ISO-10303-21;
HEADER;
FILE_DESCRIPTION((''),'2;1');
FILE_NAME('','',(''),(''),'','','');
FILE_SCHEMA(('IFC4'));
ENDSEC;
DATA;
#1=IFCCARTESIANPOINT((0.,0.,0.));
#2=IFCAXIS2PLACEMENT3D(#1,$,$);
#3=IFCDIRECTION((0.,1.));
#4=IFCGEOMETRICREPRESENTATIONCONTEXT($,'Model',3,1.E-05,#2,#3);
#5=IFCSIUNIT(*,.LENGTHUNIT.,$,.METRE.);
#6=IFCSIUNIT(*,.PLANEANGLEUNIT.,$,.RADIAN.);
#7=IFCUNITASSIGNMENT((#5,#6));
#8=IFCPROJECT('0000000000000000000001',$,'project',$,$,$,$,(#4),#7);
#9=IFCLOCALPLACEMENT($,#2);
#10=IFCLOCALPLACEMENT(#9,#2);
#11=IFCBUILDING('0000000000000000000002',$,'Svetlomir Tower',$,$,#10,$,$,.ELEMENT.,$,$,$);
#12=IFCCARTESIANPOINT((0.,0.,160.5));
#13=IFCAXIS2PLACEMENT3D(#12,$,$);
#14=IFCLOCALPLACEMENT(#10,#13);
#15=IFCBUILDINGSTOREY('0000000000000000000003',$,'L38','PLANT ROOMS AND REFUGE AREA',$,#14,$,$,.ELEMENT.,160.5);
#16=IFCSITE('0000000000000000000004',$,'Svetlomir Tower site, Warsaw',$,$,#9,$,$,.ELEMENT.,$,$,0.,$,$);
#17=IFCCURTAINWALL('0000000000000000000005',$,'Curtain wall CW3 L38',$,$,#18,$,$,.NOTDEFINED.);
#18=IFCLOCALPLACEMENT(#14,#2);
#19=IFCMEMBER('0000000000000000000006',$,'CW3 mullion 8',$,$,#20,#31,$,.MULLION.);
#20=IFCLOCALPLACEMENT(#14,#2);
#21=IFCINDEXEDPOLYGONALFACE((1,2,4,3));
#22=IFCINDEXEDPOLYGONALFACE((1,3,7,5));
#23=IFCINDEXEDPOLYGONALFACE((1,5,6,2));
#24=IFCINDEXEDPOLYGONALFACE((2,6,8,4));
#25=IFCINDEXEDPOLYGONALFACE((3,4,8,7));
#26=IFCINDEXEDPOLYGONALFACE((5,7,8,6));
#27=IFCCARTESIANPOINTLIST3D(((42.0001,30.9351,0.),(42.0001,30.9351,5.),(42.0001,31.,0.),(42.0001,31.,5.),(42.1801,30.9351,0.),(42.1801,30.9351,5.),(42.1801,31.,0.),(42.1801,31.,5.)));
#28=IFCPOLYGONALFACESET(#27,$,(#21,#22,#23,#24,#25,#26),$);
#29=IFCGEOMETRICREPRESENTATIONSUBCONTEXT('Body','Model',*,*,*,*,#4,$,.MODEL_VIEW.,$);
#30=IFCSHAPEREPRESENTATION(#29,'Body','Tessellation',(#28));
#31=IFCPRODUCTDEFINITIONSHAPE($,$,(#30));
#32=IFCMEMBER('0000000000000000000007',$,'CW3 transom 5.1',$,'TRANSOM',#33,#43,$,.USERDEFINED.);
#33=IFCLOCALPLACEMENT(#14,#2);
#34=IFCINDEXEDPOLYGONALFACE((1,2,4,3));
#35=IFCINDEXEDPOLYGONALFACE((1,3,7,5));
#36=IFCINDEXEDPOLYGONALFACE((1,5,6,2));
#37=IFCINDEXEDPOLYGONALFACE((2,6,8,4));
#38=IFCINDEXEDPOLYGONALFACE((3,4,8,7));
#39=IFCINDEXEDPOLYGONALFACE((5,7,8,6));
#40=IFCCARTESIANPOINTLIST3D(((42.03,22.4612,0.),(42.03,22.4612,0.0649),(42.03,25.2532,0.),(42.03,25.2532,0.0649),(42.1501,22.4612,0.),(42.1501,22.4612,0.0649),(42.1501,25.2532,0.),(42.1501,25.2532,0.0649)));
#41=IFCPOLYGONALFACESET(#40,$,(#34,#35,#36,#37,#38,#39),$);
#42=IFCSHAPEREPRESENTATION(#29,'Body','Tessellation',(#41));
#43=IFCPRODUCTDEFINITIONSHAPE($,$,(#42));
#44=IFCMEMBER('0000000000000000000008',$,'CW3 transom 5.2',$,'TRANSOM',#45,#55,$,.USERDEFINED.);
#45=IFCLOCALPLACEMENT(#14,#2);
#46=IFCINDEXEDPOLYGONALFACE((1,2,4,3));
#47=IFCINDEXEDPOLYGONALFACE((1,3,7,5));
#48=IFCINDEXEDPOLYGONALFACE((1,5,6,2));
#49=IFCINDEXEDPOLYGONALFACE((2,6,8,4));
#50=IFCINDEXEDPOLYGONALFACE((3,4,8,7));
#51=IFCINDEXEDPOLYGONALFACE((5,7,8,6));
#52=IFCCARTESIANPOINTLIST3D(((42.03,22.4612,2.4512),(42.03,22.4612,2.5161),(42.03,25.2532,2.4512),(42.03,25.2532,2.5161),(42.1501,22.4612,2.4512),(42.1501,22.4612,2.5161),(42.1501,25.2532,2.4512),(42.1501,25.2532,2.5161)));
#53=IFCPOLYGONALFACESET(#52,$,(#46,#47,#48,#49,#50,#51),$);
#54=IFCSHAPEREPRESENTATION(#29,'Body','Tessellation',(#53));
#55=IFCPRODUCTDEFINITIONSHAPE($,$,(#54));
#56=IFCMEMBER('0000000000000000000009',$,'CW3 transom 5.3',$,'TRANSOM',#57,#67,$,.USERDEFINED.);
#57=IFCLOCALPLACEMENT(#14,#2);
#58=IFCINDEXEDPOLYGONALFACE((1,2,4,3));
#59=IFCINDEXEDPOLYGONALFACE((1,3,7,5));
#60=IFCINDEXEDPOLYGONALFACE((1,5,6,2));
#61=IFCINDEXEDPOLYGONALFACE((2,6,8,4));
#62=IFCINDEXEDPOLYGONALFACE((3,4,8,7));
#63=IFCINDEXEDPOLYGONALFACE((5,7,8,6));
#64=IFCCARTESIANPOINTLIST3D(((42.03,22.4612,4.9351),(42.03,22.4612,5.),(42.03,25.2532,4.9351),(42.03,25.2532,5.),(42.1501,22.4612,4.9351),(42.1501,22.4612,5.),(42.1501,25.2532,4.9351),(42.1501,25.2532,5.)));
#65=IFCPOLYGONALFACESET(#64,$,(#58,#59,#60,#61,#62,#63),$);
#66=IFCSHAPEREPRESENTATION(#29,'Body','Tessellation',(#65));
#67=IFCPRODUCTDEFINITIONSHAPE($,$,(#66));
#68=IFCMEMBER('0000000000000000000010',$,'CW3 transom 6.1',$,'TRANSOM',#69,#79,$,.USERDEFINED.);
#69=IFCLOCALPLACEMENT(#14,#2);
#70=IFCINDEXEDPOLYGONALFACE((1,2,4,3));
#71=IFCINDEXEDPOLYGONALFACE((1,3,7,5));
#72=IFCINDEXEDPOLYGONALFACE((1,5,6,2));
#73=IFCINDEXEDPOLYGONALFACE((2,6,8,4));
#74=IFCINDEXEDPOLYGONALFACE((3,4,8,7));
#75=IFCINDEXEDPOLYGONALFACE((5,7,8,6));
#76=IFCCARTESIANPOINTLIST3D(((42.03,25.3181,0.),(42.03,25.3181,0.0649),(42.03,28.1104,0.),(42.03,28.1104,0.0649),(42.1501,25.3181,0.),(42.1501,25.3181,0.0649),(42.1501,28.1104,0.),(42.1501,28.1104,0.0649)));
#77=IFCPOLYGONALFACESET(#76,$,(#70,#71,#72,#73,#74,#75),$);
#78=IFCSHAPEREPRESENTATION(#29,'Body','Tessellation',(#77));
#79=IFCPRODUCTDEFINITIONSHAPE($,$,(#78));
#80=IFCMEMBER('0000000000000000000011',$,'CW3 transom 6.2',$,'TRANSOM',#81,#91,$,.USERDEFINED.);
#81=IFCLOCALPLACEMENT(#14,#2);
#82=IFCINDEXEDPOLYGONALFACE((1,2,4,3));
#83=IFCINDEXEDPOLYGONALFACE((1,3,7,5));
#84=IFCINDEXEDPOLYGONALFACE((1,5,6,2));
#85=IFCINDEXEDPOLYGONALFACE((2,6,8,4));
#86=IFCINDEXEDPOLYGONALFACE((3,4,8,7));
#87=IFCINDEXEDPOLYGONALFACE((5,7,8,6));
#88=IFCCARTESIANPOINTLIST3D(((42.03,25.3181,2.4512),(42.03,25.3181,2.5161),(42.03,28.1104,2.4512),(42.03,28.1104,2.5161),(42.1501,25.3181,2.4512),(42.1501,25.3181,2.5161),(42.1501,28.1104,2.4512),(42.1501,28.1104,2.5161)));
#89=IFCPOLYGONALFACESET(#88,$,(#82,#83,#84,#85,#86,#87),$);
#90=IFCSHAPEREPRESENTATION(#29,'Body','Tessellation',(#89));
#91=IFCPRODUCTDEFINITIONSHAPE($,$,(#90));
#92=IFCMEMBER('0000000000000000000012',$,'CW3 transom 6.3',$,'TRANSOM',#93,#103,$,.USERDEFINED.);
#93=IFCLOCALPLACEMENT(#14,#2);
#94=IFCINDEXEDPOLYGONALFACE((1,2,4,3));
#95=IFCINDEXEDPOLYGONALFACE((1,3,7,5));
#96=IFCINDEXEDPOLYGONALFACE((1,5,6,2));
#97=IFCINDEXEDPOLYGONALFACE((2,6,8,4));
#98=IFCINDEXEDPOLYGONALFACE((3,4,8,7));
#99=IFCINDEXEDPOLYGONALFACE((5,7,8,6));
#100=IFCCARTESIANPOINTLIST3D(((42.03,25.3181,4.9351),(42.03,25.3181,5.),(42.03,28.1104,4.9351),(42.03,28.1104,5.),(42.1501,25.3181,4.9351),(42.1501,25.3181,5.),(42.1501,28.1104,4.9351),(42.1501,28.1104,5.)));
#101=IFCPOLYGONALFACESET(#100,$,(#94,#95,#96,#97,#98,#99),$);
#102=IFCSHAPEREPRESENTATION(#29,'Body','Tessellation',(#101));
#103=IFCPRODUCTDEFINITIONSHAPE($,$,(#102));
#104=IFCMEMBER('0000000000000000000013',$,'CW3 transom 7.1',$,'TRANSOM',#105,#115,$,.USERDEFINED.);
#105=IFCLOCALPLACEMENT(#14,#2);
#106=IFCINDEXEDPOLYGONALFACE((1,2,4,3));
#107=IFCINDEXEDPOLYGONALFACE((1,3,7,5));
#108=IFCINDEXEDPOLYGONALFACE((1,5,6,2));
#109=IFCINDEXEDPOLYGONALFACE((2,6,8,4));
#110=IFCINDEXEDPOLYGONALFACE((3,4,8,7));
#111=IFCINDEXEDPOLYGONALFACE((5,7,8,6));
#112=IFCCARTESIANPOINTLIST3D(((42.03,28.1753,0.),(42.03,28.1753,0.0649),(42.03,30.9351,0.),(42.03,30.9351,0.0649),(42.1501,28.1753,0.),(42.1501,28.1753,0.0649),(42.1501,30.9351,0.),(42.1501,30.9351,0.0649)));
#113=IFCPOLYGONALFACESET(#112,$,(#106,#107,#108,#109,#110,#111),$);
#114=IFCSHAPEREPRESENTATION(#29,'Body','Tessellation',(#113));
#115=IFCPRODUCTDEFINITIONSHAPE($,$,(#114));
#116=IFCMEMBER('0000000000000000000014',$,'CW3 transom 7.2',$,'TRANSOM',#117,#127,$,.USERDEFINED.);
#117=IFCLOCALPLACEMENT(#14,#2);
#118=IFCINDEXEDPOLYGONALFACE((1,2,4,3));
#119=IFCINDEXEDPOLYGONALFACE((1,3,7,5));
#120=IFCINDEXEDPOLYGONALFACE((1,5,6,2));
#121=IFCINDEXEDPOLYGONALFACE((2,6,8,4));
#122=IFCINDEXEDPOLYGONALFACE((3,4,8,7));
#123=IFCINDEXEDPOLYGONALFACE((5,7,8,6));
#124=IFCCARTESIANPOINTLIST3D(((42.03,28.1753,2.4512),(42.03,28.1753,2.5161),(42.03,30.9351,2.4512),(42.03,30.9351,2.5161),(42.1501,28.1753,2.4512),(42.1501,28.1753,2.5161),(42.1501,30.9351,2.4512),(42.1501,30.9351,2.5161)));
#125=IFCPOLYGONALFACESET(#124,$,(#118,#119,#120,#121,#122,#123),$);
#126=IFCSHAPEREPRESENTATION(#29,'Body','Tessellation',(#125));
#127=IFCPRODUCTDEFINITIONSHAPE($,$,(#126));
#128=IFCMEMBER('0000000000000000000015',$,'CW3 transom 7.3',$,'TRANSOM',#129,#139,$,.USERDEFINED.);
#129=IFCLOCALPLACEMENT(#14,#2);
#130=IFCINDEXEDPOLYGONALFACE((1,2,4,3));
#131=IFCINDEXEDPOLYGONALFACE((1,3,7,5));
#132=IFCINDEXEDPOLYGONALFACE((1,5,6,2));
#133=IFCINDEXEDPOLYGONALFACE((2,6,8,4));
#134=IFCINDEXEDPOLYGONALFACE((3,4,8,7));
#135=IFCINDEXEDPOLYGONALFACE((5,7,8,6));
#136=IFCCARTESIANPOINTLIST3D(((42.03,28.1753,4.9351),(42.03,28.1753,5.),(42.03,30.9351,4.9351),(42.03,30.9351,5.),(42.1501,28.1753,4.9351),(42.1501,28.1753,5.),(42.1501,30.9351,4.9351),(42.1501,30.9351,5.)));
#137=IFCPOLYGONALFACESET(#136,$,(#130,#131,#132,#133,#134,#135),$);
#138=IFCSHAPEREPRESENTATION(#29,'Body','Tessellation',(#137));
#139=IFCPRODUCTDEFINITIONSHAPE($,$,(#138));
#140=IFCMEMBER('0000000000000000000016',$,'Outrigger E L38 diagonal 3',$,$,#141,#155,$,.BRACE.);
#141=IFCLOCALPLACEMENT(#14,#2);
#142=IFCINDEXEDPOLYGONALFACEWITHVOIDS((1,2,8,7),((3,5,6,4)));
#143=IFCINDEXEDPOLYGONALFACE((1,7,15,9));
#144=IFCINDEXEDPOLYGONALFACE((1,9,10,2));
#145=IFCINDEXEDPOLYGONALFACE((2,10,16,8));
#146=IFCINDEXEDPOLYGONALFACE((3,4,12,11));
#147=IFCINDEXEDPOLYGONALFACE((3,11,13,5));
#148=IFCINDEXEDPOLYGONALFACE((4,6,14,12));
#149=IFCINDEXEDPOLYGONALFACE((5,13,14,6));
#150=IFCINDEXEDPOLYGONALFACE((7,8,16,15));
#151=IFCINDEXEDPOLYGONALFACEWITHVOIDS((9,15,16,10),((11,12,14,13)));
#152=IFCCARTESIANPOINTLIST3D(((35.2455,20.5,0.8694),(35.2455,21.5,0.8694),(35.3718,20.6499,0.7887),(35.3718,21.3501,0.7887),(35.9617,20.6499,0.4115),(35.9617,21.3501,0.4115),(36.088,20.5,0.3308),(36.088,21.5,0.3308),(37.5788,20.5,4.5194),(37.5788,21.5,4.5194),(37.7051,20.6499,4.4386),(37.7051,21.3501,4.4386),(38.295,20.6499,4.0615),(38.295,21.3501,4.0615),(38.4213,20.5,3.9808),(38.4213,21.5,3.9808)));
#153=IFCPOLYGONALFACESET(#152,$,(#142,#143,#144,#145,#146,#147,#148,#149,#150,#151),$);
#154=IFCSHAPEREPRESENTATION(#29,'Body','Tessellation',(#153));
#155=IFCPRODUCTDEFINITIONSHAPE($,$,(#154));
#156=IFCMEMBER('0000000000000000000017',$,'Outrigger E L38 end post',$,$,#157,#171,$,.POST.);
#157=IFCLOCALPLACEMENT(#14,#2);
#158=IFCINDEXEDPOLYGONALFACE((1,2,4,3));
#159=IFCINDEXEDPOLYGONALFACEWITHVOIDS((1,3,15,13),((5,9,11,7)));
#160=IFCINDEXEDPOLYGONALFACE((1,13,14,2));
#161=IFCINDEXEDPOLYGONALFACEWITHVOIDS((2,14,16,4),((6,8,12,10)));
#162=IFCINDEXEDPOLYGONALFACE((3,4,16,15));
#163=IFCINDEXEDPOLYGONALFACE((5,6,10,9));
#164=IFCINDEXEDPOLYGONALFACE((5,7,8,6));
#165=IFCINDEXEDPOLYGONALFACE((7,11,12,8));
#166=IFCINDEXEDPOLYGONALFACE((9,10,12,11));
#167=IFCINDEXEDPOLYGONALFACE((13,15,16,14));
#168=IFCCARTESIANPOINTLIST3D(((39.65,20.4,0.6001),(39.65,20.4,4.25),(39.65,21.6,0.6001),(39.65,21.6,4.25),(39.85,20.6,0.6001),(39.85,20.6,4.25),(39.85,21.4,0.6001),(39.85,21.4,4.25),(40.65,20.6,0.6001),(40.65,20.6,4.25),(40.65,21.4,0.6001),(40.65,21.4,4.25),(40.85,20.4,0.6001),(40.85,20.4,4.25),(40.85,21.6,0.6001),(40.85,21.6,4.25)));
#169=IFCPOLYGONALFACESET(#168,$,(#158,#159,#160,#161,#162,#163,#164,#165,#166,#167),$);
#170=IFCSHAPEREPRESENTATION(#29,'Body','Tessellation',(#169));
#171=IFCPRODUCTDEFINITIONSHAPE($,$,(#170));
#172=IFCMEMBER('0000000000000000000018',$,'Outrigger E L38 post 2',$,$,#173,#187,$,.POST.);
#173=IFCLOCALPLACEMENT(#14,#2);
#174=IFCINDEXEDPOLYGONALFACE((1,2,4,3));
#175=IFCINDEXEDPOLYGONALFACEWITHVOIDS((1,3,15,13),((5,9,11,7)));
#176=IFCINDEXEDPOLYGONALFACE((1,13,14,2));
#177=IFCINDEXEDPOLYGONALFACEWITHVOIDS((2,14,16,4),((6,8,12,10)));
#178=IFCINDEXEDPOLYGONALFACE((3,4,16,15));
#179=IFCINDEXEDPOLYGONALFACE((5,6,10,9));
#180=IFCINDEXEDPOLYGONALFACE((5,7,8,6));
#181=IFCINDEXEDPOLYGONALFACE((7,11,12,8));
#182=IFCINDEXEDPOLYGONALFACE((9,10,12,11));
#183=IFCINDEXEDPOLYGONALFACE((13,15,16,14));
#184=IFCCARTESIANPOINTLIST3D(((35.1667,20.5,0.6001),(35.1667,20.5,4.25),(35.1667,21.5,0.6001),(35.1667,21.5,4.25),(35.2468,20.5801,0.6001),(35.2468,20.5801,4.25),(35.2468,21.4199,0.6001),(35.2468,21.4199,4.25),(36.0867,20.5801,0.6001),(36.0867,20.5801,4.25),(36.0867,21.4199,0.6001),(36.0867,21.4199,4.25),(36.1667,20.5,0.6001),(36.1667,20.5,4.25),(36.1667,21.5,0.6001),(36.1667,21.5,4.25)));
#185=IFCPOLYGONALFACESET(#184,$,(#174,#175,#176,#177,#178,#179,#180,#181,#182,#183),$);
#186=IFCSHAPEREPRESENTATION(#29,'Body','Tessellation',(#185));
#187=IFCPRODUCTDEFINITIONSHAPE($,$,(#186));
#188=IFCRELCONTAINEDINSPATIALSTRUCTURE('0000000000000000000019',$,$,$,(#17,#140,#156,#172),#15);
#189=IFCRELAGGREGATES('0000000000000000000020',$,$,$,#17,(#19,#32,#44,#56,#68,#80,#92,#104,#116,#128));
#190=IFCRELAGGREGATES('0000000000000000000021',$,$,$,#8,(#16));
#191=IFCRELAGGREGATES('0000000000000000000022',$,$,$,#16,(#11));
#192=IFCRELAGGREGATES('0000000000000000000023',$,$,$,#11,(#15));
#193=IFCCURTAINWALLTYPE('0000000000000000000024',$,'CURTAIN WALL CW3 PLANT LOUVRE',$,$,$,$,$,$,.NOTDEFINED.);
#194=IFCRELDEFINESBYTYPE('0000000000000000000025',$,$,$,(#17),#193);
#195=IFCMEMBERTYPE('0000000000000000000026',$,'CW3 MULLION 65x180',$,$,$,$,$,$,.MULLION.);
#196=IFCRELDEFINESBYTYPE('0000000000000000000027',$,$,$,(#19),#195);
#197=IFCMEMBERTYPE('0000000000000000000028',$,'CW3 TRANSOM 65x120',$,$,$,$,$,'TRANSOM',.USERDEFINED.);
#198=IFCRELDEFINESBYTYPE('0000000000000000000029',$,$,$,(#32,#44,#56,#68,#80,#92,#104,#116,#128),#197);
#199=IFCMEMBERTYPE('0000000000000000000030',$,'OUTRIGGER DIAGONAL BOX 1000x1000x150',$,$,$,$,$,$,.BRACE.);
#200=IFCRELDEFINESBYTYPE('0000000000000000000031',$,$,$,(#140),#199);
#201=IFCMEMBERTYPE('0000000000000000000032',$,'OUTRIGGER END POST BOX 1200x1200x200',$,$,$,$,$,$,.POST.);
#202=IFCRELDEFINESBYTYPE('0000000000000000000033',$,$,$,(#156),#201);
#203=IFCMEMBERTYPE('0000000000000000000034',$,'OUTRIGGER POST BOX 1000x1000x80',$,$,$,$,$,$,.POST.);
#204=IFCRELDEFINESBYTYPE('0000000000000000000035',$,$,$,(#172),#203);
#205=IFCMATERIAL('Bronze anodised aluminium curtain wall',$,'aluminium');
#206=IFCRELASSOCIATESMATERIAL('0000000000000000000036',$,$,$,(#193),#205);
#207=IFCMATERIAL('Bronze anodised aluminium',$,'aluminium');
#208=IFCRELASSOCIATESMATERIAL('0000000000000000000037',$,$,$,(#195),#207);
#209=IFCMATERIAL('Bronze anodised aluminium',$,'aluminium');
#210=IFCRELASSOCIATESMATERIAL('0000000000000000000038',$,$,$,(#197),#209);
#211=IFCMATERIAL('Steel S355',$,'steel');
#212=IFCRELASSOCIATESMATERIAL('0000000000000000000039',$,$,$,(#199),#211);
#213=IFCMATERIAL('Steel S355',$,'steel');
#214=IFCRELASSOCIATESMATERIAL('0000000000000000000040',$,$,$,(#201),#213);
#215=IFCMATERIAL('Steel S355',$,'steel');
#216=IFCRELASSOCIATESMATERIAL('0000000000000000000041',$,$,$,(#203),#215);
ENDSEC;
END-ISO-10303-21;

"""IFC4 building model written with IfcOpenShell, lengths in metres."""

from ifc_helpers import new_model, si_unit, direction, frame, origin, origin_2d, place, context, subcontext, project, spatial, rectangle, hollow_rectangle, extrude, material, material_profile, profile_set, type_object, element, aggregate, save


model = new_model("IFC4")

# Units and contexts
model_context = context("Model", 3, precision=1e-05, world=origin(), true_north=direction((0.0, 1.0)))
body_context = subcontext(model_context, "Body", "Model", "MODEL_VIEW")
ifc_project = project(units=[si_unit("LENGTHUNIT", "METRE"), si_unit("PLANEANGLEUNIT", "RADIAN")], contexts=[model_context])

# Site, building, storey
site_placement = place(None, origin())
site = spatial("IfcSite", under=ifc_project, at=site_placement, Name="Svetlomir Tower site, Warsaw", CompositionType="ELEMENT", RefElevation=0.0)
building_placement = place(site_placement, origin())
building = spatial("IfcBuilding", under=site, at=building_placement, Name="Svetlomir Tower", CompositionType="ELEMENT")
storey_placement = place(building_placement, frame((0.0, 0.0, 160.5)))
storey = spatial("IfcBuildingStorey", under=building, at=storey_placement, Name="L38", Description="PLANT ROOMS AND REFUGE AREA", CompositionType="ELEMENT", Elevation=160.5)

# Curtain wall, members
ifc_material_1 = material(Name="Bronze anodised aluminium curtain wall", Category="aluminium")
curtain_wall_type = type_object("IfcCurtainWallType", Name="CURTAIN WALL CW3 PLANT LOUVRE", PredefinedType="NOTDEFINED", material=ifc_material_1)
curtain_wall_1_placement = place(storey_placement, origin())
curtain_wall_1 = element("IfcCurtainWall", 1, at=curtain_wall_1_placement, inside=storey, type_object=curtain_wall_type, Name="Curtain wall CW3 L38", PredefinedType="NOTDEFINED")
ifc_material_2 = material(Name="Bronze anodised aluminium", Category="aluminium")
ifc_material_profile_1 = material_profile(ifc_material_2, rectangle(XDim=0.0649, YDim=0.1799, at=origin_2d()), Name="AL 65x180")
ifc_profile_set_1 = profile_set([ifc_material_profile_1], Name="Bronze anodised aluminium 6063-T6")
member_type_1 = type_object("IfcMemberType", Name="CW3 MULLION 65x180", PredefinedType="MULLION", material=ifc_profile_set_1)
member_1_placement = place(storey_placement, frame((42.0901, 30.9675, 0.0), z_axis=(0.0, 0.0, 1.0), x_axis=(0.0, 1.0, 0.0)))
member_1 = element("IfcMember", 2, at=member_1_placement, type_object=member_type_1, Name="CW3 mullion 8", PredefinedType="MULLION", context=body_context, shape_type="SweptSolid", body=[
    extrude(rectangle(XDim=0.0649, YDim=0.1799, at=origin_2d()), origin(), (0.0, 0.0, 1.0), 5.0),
])
ifc_material_3 = material(Name="Bronze anodised aluminium", Category="aluminium")
ifc_material_profile_2 = material_profile(ifc_material_3, rectangle(XDim=0.1201, YDim=0.0649, at=origin_2d()), Name="AL 120x65")
ifc_profile_set_2 = profile_set([ifc_material_profile_2], Name="Bronze anodised aluminium 6063-T6")
member_type_2 = type_object("IfcMemberType", Name="CW3 TRANSOM 65x120", ElementType="TRANSOM", PredefinedType="USERDEFINED", material=ifc_profile_set_2)
member_2_placement = place(storey_placement, frame((42.0901, 22.4612, 0.0325), z_axis=(0.0, 1.0, 0.0), x_axis=(-1.0, 0.0, 0.0)))
member_2 = element("IfcMember", 3, at=member_2_placement, type_object=member_type_2, Name="CW3 transom 5.1", ObjectType="TRANSOM", PredefinedType="USERDEFINED", context=body_context, shape_type="SweptSolid", body=[
    extrude(rectangle(XDim=0.1201, YDim=0.0649, at=origin_2d()), origin(), (0.0, 0.0, 1.0), 2.792),
])
member_3_placement = place(storey_placement, frame((42.0901, 22.4612, 2.4836), z_axis=(0.0, 1.0, 0.0), x_axis=(-1.0, 0.0, 0.0)))
member_3 = element("IfcMember", 4, at=member_3_placement, type_object=member_type_2, Name="CW3 transom 5.2", ObjectType="TRANSOM", PredefinedType="USERDEFINED", context=body_context, shape_type="SweptSolid", body=[
    extrude(rectangle(XDim=0.1201, YDim=0.0649, at=origin_2d()), origin(), (0.0, 0.0, 1.0), 2.792),
])
member_4_placement = place(storey_placement, frame((42.0901, 22.4612, 4.9675), z_axis=(0.0, 1.0, 0.0), x_axis=(-1.0, 0.0, 0.0)))
member_4 = element("IfcMember", 5, at=member_4_placement, type_object=member_type_2, Name="CW3 transom 5.3", ObjectType="TRANSOM", PredefinedType="USERDEFINED", context=body_context, shape_type="SweptSolid", body=[
    extrude(rectangle(XDim=0.1201, YDim=0.0649, at=origin_2d()), origin(), (0.0, 0.0, 1.0), 2.792),
])
member_5_placement = place(storey_placement, frame((42.0901, 25.3181, 0.0325), z_axis=(0.0, 1.0, 0.0), x_axis=(-1.0, 0.0, 0.0)))
member_5 = element("IfcMember", 6, at=member_5_placement, type_object=member_type_2, Name="CW3 transom 6.1", ObjectType="TRANSOM", PredefinedType="USERDEFINED", context=body_context, shape_type="SweptSolid", body=[
    extrude(rectangle(XDim=0.1201, YDim=0.0649, at=origin_2d()), origin(), (0.0, 0.0, 1.0), 2.7922),
])
member_6_placement = place(storey_placement, frame((42.0901, 25.3181, 2.4836), z_axis=(0.0, 1.0, 0.0), x_axis=(-1.0, 0.0, 0.0)))
member_6 = element("IfcMember", 7, at=member_6_placement, type_object=member_type_2, Name="CW3 transom 6.2", ObjectType="TRANSOM", PredefinedType="USERDEFINED", context=body_context, shape_type="SweptSolid", body=[
    extrude(rectangle(XDim=0.1201, YDim=0.0649, at=origin_2d()), origin(), (0.0, 0.0, 1.0), 2.7922),
])
member_7_placement = place(storey_placement, frame((42.0901, 25.3181, 4.9675), z_axis=(0.0, 1.0, 0.0), x_axis=(-1.0, 0.0, 0.0)))
member_7 = element("IfcMember", 8, at=member_7_placement, type_object=member_type_2, Name="CW3 transom 6.3", ObjectType="TRANSOM", PredefinedType="USERDEFINED", context=body_context, shape_type="SweptSolid", body=[
    extrude(rectangle(XDim=0.1201, YDim=0.0649, at=origin_2d()), origin(), (0.0, 0.0, 1.0), 2.7922),
])
member_8_placement = place(storey_placement, frame((42.0901, 28.1753, 0.0325), z_axis=(0.0, 1.0, 0.0), x_axis=(-1.0, 0.0, 0.0)))
member_8 = element("IfcMember", 9, at=member_8_placement, type_object=member_type_2, Name="CW3 transom 7.1", ObjectType="TRANSOM", PredefinedType="USERDEFINED", context=body_context, shape_type="SweptSolid", body=[
    extrude(rectangle(XDim=0.1201, YDim=0.0649, at=origin_2d()), origin(), (0.0, 0.0, 1.0), 2.7598),
])
member_9_placement = place(storey_placement, frame((42.0901, 28.1753, 2.4836), z_axis=(0.0, 1.0, 0.0), x_axis=(-1.0, 0.0, 0.0)))
member_9 = element("IfcMember", 10, at=member_9_placement, type_object=member_type_2, Name="CW3 transom 7.2", ObjectType="TRANSOM", PredefinedType="USERDEFINED", context=body_context, shape_type="SweptSolid", body=[
    extrude(rectangle(XDim=0.1201, YDim=0.0649, at=origin_2d()), origin(), (0.0, 0.0, 1.0), 2.7598),
])
member_10_placement = place(storey_placement, frame((42.0901, 28.1753, 4.9675), z_axis=(0.0, 1.0, 0.0), x_axis=(-1.0, 0.0, 0.0)))
member_10 = element("IfcMember", 11, at=member_10_placement, type_object=member_type_2, Name="CW3 transom 7.3", ObjectType="TRANSOM", PredefinedType="USERDEFINED", context=body_context, shape_type="SweptSolid", body=[
    extrude(rectangle(XDim=0.1201, YDim=0.0649, at=origin_2d()), origin(), (0.0, 0.0, 1.0), 2.7598),
])

# Members
ifc_material_4 = material(Name="Steel S355", Category="steel")
ifc_material_profile_3 = material_profile(ifc_material_4, hollow_rectangle(XDim=1.0, YDim=1.0, WallThickness=0.1499, at=origin_2d()), Name="BOX 1000x1000x150")
ifc_profile_set_3 = profile_set([ifc_material_profile_3], Name="Steel S355")
member_type_3 = type_object("IfcMemberType", Name="OUTRIGGER DIAGONAL BOX 1000x1000x150", PredefinedType="BRACE", material=ifc_profile_set_3)
member_11_placement = place(storey_placement, frame((35.6667, 21.0, 0.6001), z_axis=(0.538614, 0.0, 0.842553), x_axis=(0.0, 1.0, 0.0)))
element("IfcMember", 12, at=member_11_placement, inside=storey, type_object=member_type_3, Name="Outrigger E L38 diagonal 3", PredefinedType="BRACE", context=body_context, shape_type="SweptSolid", body=[
    extrude(hollow_rectangle(XDim=1.0, YDim=1.0, WallThickness=0.1499, at=origin_2d()), origin(), (0.0, 0.0, 1.0), 4.332),
])
ifc_material_5 = material(Name="Steel S355", Category="steel")
ifc_material_profile_4 = material_profile(ifc_material_5, hollow_rectangle(XDim=1.2, YDim=1.2, WallThickness=0.2, at=origin_2d()), Name="BOX 1200x1200x200")
ifc_profile_set_4 = profile_set([ifc_material_profile_4], Name="Steel S355")
member_type_4 = type_object("IfcMemberType", Name="OUTRIGGER END POST BOX 1200x1200x200", PredefinedType="POST", material=ifc_profile_set_4)
member_12_placement = place(storey_placement, frame((40.25, 21.0, 0.6001), z_axis=(0.0, 0.0, 1.0), x_axis=(1.0, 0.0, 0.0)))
element("IfcMember", 13, at=member_12_placement, inside=storey, type_object=member_type_4, Name="Outrigger E L38 end post", PredefinedType="POST", context=body_context, shape_type="SweptSolid", body=[
    extrude(hollow_rectangle(XDim=1.2, YDim=1.2, WallThickness=0.2, at=origin_2d()), origin(), (0.0, 0.0, 1.0), 3.6499),
])
ifc_material_6 = material(Name="Steel S355", Category="steel")
ifc_material_profile_5 = material_profile(ifc_material_6, hollow_rectangle(XDim=1.0, YDim=1.0, WallThickness=0.0801, at=origin_2d()), Name="BOX 1000x1000x80")
ifc_profile_set_5 = profile_set([ifc_material_profile_5], Name="Steel S355")
member_type_5 = type_object("IfcMemberType", Name="OUTRIGGER POST BOX 1000x1000x80", PredefinedType="POST", material=ifc_profile_set_5)
member_13_placement = place(storey_placement, frame((35.6667, 21.0, 0.6001), z_axis=(0.0, 0.0, 1.0), x_axis=(1.0, 0.0, 0.0)))
element("IfcMember", 14, at=member_13_placement, inside=storey, type_object=member_type_5, Name="Outrigger E L38 post 2", PredefinedType="POST", context=body_context, shape_type="SweptSolid", body=[
    extrude(hollow_rectangle(XDim=1.0, YDim=1.0, WallThickness=0.0801, at=origin_2d()), origin(), (0.0, 0.0, 1.0), 3.6499),
])

aggregate(curtain_wall_1, [member_1, member_2, member_3, member_4, member_5, member_6, member_7, member_8, member_9, member_10])

save(model, "model.ifc")
